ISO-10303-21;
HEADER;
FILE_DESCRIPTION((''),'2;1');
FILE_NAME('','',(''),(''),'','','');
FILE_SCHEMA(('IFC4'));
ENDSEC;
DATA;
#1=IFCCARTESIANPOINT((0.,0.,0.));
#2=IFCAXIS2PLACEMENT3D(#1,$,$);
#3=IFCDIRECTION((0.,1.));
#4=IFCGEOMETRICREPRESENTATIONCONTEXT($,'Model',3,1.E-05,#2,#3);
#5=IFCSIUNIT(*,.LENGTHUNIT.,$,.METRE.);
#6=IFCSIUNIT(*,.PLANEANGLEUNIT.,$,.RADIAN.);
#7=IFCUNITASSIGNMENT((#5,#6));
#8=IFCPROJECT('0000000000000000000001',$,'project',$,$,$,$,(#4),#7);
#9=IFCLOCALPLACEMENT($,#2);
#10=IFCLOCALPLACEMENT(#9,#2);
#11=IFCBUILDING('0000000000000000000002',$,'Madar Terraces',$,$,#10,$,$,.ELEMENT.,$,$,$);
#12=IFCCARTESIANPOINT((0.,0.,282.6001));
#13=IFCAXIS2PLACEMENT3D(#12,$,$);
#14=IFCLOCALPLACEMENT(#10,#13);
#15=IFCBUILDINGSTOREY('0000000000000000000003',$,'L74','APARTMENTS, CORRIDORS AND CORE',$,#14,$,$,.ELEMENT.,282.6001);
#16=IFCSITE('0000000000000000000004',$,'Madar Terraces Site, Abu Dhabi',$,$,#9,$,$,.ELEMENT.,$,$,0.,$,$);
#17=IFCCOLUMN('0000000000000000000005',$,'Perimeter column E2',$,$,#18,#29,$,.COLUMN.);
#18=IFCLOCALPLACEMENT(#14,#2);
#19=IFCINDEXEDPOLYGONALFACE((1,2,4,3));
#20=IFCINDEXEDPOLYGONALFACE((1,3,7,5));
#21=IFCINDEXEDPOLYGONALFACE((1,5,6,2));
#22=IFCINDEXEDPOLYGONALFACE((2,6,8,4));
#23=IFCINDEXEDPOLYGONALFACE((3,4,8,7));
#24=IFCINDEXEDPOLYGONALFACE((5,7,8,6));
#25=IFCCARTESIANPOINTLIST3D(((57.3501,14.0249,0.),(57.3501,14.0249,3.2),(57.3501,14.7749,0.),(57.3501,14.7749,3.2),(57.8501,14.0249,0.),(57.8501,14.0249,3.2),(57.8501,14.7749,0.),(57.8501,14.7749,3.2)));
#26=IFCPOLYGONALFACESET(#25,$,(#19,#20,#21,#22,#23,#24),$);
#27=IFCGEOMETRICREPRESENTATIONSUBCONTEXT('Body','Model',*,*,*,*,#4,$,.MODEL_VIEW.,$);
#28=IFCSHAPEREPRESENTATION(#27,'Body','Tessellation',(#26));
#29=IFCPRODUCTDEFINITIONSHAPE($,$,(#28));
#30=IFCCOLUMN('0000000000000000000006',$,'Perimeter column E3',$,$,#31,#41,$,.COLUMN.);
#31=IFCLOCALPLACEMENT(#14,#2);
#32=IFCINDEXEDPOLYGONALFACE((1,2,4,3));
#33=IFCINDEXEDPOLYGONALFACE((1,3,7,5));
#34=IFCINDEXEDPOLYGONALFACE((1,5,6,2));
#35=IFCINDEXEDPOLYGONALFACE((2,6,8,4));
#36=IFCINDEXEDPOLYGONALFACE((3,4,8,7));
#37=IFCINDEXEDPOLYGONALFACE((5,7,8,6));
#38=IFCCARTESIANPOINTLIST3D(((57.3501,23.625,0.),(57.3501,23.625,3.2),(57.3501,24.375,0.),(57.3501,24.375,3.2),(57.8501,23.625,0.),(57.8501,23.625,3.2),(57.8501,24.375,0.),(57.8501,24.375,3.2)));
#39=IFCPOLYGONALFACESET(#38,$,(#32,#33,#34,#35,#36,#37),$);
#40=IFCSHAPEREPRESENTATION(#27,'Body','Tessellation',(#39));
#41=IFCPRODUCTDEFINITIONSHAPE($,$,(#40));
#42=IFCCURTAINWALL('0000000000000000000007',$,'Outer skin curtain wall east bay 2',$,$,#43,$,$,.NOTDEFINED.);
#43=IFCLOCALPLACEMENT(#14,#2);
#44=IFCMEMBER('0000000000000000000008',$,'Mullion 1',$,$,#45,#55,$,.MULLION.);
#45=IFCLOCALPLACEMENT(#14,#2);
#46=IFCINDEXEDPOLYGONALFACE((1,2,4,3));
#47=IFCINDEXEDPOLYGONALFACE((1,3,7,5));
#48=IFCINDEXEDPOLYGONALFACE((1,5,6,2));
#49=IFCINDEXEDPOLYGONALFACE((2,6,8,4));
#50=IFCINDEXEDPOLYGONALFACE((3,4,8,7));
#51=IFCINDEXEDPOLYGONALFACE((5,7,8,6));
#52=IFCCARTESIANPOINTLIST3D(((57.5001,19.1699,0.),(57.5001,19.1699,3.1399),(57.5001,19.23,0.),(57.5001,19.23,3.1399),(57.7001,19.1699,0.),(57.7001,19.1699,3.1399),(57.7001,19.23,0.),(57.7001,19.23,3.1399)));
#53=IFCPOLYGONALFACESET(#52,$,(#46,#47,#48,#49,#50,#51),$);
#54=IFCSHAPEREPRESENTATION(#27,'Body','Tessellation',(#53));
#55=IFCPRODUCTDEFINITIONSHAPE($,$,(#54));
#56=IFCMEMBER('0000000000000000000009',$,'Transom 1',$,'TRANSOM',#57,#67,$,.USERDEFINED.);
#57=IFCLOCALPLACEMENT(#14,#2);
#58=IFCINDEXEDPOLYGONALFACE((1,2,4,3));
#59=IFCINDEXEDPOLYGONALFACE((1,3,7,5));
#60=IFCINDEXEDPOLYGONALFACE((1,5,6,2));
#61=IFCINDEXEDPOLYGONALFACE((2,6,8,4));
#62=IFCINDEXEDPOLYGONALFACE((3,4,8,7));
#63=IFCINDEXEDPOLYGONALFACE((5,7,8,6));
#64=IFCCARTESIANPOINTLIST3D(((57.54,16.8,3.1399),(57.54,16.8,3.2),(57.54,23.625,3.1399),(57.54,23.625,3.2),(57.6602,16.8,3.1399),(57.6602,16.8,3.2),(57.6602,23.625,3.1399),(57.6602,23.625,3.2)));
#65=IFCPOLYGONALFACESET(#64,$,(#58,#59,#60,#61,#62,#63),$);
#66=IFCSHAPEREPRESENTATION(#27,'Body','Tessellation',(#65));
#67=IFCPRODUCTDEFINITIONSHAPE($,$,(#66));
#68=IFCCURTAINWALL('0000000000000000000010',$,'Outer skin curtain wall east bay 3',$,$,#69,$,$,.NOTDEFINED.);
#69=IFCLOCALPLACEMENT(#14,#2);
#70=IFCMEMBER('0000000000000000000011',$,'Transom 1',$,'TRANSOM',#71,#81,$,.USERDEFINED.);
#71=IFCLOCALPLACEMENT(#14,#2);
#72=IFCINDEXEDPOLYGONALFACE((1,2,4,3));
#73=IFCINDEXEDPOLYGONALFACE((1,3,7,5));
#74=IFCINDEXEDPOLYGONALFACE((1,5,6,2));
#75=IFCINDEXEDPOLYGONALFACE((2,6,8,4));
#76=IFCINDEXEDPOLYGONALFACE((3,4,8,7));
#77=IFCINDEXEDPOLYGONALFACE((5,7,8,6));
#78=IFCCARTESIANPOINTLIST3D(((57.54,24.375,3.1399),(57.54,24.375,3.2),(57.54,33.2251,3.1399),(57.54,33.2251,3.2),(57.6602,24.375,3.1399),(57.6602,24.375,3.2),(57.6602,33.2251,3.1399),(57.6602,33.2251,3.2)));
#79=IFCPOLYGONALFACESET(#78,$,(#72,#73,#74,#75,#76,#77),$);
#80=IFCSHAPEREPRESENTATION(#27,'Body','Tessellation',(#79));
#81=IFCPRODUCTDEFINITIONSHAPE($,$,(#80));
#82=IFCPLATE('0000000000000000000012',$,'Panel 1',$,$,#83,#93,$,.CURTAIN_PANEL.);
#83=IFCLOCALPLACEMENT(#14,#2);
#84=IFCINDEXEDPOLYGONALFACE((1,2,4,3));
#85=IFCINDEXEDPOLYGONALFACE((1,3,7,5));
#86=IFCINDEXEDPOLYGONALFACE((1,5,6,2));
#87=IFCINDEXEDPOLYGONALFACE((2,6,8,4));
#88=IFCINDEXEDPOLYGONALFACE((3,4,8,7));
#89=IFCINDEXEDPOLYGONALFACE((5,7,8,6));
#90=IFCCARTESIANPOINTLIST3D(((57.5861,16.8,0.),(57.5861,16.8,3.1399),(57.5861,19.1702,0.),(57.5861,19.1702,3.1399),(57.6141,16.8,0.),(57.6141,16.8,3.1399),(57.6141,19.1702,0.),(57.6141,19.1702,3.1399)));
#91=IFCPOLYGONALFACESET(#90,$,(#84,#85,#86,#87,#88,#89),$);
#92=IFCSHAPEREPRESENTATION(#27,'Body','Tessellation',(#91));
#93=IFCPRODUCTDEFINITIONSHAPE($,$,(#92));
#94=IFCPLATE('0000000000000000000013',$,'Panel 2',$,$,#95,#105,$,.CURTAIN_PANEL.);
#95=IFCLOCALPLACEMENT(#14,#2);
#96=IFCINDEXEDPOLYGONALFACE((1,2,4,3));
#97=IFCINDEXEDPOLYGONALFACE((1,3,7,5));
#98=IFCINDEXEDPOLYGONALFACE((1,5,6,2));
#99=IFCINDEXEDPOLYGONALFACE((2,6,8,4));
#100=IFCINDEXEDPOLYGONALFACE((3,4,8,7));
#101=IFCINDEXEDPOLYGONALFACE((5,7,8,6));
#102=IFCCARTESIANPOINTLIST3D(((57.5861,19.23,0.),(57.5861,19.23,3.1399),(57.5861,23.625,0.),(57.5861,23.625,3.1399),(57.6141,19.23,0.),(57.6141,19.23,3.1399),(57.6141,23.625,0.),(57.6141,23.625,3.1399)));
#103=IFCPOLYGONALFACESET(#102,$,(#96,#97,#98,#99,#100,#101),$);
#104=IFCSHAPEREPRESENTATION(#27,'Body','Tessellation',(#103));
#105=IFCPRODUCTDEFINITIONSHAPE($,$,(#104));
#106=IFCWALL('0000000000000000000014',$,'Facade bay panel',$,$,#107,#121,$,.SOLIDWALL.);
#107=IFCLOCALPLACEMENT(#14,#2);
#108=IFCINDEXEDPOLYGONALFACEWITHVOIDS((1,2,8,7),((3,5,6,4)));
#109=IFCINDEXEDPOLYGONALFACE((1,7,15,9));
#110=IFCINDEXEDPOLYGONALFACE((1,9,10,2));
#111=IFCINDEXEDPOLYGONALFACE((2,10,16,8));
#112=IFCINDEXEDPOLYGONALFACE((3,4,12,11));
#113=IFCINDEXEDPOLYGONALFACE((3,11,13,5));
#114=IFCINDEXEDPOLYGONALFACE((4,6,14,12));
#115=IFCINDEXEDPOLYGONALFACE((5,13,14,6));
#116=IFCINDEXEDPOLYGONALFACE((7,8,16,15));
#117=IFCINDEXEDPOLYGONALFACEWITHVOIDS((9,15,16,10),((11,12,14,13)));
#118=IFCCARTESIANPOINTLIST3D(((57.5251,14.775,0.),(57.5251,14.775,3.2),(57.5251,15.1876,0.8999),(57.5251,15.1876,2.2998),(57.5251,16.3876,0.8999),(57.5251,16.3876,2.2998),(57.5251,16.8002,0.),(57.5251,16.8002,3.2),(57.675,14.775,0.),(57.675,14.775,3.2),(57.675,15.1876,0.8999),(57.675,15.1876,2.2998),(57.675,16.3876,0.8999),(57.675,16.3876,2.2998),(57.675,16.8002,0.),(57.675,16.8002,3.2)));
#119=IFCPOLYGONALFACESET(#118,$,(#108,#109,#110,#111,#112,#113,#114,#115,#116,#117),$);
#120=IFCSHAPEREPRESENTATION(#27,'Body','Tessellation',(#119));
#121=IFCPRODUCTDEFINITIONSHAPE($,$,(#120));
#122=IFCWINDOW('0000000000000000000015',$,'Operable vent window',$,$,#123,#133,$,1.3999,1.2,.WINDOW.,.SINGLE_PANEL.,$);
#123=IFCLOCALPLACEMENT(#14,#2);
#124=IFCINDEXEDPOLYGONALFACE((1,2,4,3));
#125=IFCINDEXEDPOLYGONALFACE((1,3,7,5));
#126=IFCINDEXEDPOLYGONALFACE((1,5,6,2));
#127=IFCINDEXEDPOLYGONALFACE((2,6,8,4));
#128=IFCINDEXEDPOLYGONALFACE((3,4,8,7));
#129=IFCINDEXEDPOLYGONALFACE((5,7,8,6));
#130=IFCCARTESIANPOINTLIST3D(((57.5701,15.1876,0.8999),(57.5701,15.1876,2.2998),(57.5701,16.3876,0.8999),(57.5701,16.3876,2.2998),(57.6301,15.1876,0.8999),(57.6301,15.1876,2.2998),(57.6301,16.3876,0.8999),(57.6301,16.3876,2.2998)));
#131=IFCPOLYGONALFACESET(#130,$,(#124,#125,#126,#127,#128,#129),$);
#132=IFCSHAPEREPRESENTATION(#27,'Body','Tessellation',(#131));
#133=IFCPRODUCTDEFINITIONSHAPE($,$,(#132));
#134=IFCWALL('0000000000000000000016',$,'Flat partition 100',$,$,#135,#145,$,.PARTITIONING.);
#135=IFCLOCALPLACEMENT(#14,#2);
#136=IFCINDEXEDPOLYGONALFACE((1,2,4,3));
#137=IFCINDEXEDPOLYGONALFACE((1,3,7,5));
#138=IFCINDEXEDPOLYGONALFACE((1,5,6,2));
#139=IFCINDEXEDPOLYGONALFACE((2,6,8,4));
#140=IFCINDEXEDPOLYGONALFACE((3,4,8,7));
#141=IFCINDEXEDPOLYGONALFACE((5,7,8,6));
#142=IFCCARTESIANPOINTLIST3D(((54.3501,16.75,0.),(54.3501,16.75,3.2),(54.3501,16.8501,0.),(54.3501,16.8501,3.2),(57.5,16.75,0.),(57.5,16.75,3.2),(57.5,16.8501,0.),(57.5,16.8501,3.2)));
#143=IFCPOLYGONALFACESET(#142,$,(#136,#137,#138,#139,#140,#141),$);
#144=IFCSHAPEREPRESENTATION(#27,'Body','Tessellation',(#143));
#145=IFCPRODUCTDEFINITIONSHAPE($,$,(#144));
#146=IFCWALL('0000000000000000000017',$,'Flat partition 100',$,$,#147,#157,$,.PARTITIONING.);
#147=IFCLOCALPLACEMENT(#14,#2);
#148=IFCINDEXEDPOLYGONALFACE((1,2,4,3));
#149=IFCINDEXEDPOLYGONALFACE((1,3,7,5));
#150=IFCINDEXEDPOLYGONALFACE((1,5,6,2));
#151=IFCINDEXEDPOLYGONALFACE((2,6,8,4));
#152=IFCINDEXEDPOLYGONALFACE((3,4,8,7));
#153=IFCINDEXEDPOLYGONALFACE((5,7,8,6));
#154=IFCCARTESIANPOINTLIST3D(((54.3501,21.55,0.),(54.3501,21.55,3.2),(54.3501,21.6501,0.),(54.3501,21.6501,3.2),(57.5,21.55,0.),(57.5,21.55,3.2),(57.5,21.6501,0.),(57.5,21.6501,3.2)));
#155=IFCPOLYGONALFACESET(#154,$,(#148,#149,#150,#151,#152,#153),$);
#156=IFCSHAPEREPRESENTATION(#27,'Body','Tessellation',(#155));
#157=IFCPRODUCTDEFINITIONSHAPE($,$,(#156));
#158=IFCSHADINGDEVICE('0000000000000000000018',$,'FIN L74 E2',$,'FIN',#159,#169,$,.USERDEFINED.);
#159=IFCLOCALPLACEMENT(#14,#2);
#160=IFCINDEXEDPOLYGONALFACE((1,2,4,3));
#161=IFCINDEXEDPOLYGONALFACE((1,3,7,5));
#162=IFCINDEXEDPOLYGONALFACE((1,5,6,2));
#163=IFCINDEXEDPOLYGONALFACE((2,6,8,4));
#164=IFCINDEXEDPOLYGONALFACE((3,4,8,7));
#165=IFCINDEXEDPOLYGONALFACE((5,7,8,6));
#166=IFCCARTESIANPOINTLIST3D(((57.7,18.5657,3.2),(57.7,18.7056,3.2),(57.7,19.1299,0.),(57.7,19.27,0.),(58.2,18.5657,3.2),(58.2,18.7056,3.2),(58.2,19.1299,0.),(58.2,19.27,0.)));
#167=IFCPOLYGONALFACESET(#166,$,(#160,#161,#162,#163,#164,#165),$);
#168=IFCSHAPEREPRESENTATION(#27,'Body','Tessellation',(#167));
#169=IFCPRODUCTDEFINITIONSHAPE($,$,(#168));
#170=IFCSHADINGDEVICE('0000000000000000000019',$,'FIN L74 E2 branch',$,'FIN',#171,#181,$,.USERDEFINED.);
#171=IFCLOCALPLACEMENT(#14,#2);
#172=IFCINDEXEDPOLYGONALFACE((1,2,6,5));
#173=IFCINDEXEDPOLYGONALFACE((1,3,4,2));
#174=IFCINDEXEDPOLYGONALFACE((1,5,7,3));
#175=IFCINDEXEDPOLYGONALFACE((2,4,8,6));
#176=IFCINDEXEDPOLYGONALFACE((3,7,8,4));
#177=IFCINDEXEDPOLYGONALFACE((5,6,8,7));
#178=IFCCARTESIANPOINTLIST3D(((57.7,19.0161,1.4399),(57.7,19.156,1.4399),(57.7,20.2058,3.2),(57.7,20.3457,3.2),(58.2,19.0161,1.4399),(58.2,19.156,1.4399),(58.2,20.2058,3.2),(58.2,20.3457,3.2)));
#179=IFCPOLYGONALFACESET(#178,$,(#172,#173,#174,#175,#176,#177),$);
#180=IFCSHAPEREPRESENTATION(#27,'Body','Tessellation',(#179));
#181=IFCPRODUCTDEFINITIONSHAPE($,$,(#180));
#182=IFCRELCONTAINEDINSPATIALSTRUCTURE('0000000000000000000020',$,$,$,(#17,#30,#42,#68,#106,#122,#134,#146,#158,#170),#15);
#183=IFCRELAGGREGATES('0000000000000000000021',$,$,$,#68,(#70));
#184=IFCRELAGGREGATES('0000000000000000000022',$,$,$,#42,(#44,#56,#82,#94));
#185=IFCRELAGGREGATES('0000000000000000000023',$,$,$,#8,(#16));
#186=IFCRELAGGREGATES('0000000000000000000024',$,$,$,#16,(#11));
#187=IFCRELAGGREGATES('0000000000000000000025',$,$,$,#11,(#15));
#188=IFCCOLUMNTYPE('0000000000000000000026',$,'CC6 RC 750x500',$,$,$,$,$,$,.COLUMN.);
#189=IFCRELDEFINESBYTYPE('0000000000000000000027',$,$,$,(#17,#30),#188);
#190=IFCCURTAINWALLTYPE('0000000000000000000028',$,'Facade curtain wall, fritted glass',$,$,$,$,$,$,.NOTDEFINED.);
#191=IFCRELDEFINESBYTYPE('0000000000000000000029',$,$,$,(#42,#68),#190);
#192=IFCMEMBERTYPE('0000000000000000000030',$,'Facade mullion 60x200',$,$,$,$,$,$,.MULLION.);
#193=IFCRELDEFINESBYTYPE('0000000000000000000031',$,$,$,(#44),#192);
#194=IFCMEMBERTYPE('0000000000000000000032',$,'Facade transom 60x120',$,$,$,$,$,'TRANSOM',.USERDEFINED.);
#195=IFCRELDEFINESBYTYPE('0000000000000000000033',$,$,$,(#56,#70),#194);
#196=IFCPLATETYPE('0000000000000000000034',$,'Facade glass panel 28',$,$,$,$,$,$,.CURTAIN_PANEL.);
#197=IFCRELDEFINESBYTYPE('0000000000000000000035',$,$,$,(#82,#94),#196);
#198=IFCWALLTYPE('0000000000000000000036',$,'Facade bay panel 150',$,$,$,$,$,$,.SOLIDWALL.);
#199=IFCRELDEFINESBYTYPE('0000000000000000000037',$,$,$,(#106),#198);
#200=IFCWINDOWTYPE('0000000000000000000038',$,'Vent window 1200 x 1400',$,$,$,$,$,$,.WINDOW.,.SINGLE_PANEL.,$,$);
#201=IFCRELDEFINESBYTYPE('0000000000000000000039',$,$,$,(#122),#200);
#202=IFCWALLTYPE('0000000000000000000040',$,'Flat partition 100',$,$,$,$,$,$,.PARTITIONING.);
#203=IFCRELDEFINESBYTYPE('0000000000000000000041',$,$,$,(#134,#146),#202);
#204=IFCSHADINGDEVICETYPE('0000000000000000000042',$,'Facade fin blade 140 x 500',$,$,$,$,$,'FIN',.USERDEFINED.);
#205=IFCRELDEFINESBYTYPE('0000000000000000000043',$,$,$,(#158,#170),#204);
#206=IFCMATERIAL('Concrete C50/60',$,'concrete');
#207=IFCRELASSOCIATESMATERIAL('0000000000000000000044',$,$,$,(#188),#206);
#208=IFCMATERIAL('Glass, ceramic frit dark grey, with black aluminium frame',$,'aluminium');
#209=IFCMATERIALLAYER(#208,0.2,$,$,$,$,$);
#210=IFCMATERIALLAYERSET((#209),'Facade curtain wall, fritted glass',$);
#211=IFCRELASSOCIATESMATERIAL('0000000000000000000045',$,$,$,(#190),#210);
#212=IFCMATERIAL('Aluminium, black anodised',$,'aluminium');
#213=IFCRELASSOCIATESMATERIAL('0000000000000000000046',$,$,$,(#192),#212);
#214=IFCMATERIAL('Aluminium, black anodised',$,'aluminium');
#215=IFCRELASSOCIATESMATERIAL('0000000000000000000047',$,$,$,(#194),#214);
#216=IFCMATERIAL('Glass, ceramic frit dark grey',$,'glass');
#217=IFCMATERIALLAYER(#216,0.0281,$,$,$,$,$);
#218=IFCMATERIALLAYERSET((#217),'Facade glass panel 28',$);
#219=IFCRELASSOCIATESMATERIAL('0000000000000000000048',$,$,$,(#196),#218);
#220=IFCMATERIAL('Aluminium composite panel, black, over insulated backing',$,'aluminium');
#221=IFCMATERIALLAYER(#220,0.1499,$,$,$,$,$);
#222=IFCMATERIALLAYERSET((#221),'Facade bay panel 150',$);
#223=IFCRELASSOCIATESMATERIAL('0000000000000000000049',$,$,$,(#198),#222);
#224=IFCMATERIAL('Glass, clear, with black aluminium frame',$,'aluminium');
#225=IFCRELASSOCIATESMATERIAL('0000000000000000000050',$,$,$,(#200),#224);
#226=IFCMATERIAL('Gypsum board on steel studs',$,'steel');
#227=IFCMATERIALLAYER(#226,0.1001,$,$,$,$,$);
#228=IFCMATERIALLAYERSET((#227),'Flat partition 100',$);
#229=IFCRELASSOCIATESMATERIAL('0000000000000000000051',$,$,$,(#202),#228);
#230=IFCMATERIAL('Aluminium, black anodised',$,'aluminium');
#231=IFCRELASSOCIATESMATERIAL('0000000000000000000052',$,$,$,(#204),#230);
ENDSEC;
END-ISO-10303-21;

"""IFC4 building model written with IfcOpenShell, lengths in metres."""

from ifc_helpers import new_model, si_unit, direction, frame, frame_2d, origin, origin_2d, place, context, subcontext, project, spatial, polyline, rectangle, outline, extrude, material, layer, layer_set, material_profile, profile_set, type_object, element, fill, aggregate, save


model = new_model("IFC4")

# Units and contexts
model_context = context("Model", 3, precision=1e-05, world=origin(), true_north=direction((0.0, 1.0)))
body_context = subcontext(model_context, "Body", "Model", "MODEL_VIEW")
ifc_project = project(units=[si_unit("LENGTHUNIT", "METRE"), si_unit("PLANEANGLEUNIT", "RADIAN")], contexts=[model_context])

# Site, building, storey
site_placement = place(None, origin())
site = spatial("IfcSite", under=ifc_project, at=site_placement, Name="Madar Terraces Site, Abu Dhabi", CompositionType="ELEMENT", RefElevation=0.0)
building_placement = place(site_placement, origin())
building = spatial("IfcBuilding", under=site, at=building_placement, Name="Madar Terraces", CompositionType="ELEMENT")
storey_placement = place(building_placement, frame((0.0, 0.0, 282.6001)))
storey = spatial("IfcBuildingStorey", under=building, at=storey_placement, Name="L74", Description="APARTMENTS, CORRIDORS AND CORE", CompositionType="ELEMENT", Elevation=282.6001)

# Columns
ifc_material_1 = material(Name="Concrete C50/60", Category="concrete")
ifc_material_profile_1 = material_profile(ifc_material_1, rectangle(XDim=0.75, YDim=0.5, at=origin_2d()), Name="CC6 RC 750x500")
ifc_profile_set_1 = profile_set([ifc_material_profile_1], Name="Concrete C50/60")
column_type = type_object("IfcColumnType", Name="CC6 RC 750x500", PredefinedType="COLUMN", material=ifc_profile_set_1)
for number, where, z_axis, x_axis, name in (
    (1, (57.6001, 14.3999, 0.0), (0.0, 0.0, 1.0), (0.0, 1.0, 0.0), "Perimeter column E2"),
    (2, (57.6001, 24.0, 0.0), (0.0, 0.0, 1.0), (0.0, 1.0, 0.0), "Perimeter column E3"),
):
    element("IfcColumn", number, at=place(storey_placement, frame(where, z_axis=z_axis, x_axis=x_axis)), inside=storey, type_object=column_type, Name=name, PredefinedType="COLUMN", context=body_context, shape_type="SweptSolid", body=[
        extrude(rectangle(XDim=0.75, YDim=0.5, at=origin_2d()), origin(), (0.0, 0.0, 1.0), 3.2),
    ])

# Curtain wall, members
ifc_material_2 = material(Name="Glass, ceramic frit dark grey, with black aluminium frame", Category="aluminium")
ifc_layer_1 = layer(ifc_material_2, 0.2)
ifc_layer_set_1 = layer_set([ifc_layer_1], Name="Facade curtain wall, fritted glass")
curtain_wall_type = type_object("IfcCurtainWallType", Name="Facade curtain wall, fritted glass", PredefinedType="NOTDEFINED", material=ifc_layer_set_1)
curtain_wall_1_placement = place(storey_placement, origin())
curtain_wall_1 = element("IfcCurtainWall", 3, at=curtain_wall_1_placement, inside=storey, type_object=curtain_wall_type, Name="Outer skin curtain wall east bay 2", PredefinedType="NOTDEFINED")
ifc_material_3 = material(Name="Aluminium, black anodised", Category="aluminium")
ifc_material_profile_2 = material_profile(ifc_material_3, rectangle(XDim=0.2, YDim=0.0601, at=origin_2d()), Name="Facade mullion 60x200")
ifc_profile_set_2 = profile_set([ifc_material_profile_2], Name="Aluminium, black anodised")
member_type_1 = type_object("IfcMemberType", Name="Facade mullion 60x200", PredefinedType="MULLION", material=ifc_profile_set_2)
member_1_placement = place(storey_placement, frame((57.6001, 19.2, 0.0), z_axis=(0.0, 0.0, 1.0), x_axis=(-1.0, 0.0, 0.0)))
member_1 = element("IfcMember", 4, at=member_1_placement, type_object=member_type_1, Name="Mullion 1", PredefinedType="MULLION", context=body_context, shape_type="SweptSolid", body=[
    extrude(rectangle(XDim=0.2, YDim=0.0601, at=origin_2d()), origin(), (0.0, 0.0, 1.0), 3.1399),
])
ifc_material_4 = material(Name="Aluminium, black anodised", Category="aluminium")
ifc_material_profile_3 = material_profile(ifc_material_4, rectangle(XDim=0.1201, YDim=0.0601, at=origin_2d()), Name="Facade transom 60x120")
ifc_profile_set_3 = profile_set([ifc_material_profile_3], Name="Aluminium, black anodised")
member_type_2 = type_object("IfcMemberType", Name="Facade transom 60x120", ElementType="TRANSOM", PredefinedType="USERDEFINED", material=ifc_profile_set_3)
member_2_placement = place(storey_placement, frame((57.6001, 16.8, 3.1699), z_axis=(0.0, 1.0, 0.0), x_axis=(-1.0, 0.0, 0.0)))
member_2 = element("IfcMember", 5, at=member_2_placement, type_object=member_type_2, Name="Transom 1", ObjectType="TRANSOM", PredefinedType="USERDEFINED", context=body_context, shape_type="SweptSolid", body=[
    extrude(rectangle(XDim=0.1201, YDim=0.0601, at=origin_2d()), origin(), (0.0, 0.0, 1.0), 6.825),
])

# Curtain wall, member
curtain_wall_2_placement = place(storey_placement, origin())
curtain_wall_2 = element("IfcCurtainWall", 6, at=curtain_wall_2_placement, inside=storey, type_object=curtain_wall_type, Name="Outer skin curtain wall east bay 3", PredefinedType="NOTDEFINED")
member_3_placement = place(storey_placement, frame((57.6001, 24.375, 3.1699), z_axis=(0.0, 1.0, 0.0), x_axis=(-1.0, 0.0, 0.0)))
member_3 = element("IfcMember", 7, at=member_3_placement, type_object=member_type_2, Name="Transom 1", ObjectType="TRANSOM", PredefinedType="USERDEFINED", context=body_context, shape_type="SweptSolid", body=[
    extrude(rectangle(XDim=0.1201, YDim=0.0601, at=origin_2d()), origin(), (0.0, 0.0, 1.0), 8.8501),
])
aggregate(curtain_wall_2, [member_3])

# Plates
ifc_material_5 = material(Name="Glass, ceramic frit dark grey", Category="glass")
ifc_layer_2 = layer(ifc_material_5, 0.0281)
ifc_layer_set_2 = layer_set([ifc_layer_2], Name="Facade glass panel 28")
plate_type = type_object("IfcPlateType", Name="Facade glass panel 28", PredefinedType="CURTAIN_PANEL", material=ifc_layer_set_2)
plate_1_placement = place(storey_placement, frame((57.6001, 17.9851, 0.0), z_axis=(0.0, 0.0, 1.0), x_axis=(0.0, 1.0, 0.0)))
plate_1 = element("IfcPlate", 8, at=plate_1_placement, type_object=plate_type, Name="Panel 1", PredefinedType="CURTAIN_PANEL", context=body_context, shape_type="SweptSolid", body=[
    extrude(rectangle(XDim=2.3701, YDim=0.0281, at=origin_2d()), origin(), (0.0, 0.0, 1.0), 3.1399),
])
plate_2_placement = place(storey_placement, frame((57.6001, 21.4275, 0.0), z_axis=(0.0, 0.0, 1.0), x_axis=(0.0, 1.0, 0.0)))
plate_2 = element("IfcPlate", 9, at=plate_2_placement, type_object=plate_type, Name="Panel 2", PredefinedType="CURTAIN_PANEL", context=body_context, shape_type="SweptSolid", body=[
    extrude(rectangle(XDim=4.395, YDim=0.0281, at=origin_2d()), origin(), (0.0, 0.0, 1.0), 3.1399),
])
aggregate(curtain_wall_1, [member_1, member_2, plate_1, plate_2])

# Wall, opening, window
ifc_material_6 = material(Name="Aluminium composite panel, black, over insulated backing", Category="aluminium")
ifc_layer_3 = layer(ifc_material_6, 0.1499)
ifc_layer_set_3 = layer_set([ifc_layer_3], Name="Facade bay panel 150")
wall_type_1 = type_object("IfcWallType", Name="Facade bay panel 150", PredefinedType="SOLIDWALL", material=ifc_layer_set_3)
wall_placement = place(storey_placement, frame((57.6001, 14.7749, 0.0), z_axis=(0.0, 0.0, 1.0), x_axis=(0.0, 1.0, 0.0)))
wall = element("IfcWall", 10, at=wall_placement, inside=storey, type_object=wall_type_1, Name="Facade bay panel", PredefinedType="SOLIDWALL", context=body_context, shape_type="SweptSolid", body=[
    extrude(rectangle(XDim=2.0251, YDim=0.1499, at=frame_2d((1.0127, 0.0))), origin(), (0.0, 0.0, 1.0), 3.2),
])
opening_placement = place(wall_placement, frame((0.4126, 0.0, 0.8999)))
opening = element("IfcOpeningElement", 11, at=opening_placement, cuts=wall, PredefinedType="OPENING", context=body_context, shape_type="SweptSolid", body=[
    extrude(rectangle(XDim=1.2, YDim=1.3999, at=frame_2d((0.6001, 0.7))), frame((0.0, 0.085, 0.0), z_axis=(0.0, -1.0, 0.0), x_axis=(1.0, 0.0, 0.0)), (0.0, 0.0, 1.0), 0.1699),
])
ifc_material_7 = material(Name="Glass, clear, with black aluminium frame", Category="aluminium")
window_type = type_object("IfcWindowType", Name="Vent window 1200 x 1400", PartitioningType="SINGLE_PANEL", PredefinedType="WINDOW", material=ifc_material_7)
window_placement = place(opening_placement, origin())
window = element("IfcWindow", 12, at=window_placement, inside=storey, type_object=window_type, Name="Operable vent window", OverallHeight=1.3999, OverallWidth=1.2, PartitioningType="SINGLE_PANEL", PredefinedType="WINDOW", context=body_context, shape_type="SweptSolid", body=[
    extrude(rectangle(XDim=1.2, YDim=1.3999, at=frame_2d((0.6001, 0.7))), frame((0.0, 0.03, 0.0), z_axis=(0.0, -1.0, 0.0), x_axis=(1.0, 0.0, 0.0)), (0.0, 0.0, 1.0), 0.0601),
])
fill(opening, window)

# Walls
ifc_material_8 = material(Name="Gypsum board on steel studs", Category="steel")
ifc_layer_4 = layer(ifc_material_8, 0.1001)
ifc_layer_set_4 = layer_set([ifc_layer_4], Name="Flat partition 100")
wall_type_2 = type_object("IfcWallType", Name="Flat partition 100", PredefinedType="PARTITIONING", material=ifc_layer_set_4)
for number, where, z_axis, x_axis, name in (
    (13, (54.3501, 16.8, 0.0), (0.0, 0.0, 1.0), (1.0, 0.0, 0.0), "Flat partition 100"),
    (14, (54.3501, 21.6001, 0.0), (0.0, 0.0, 1.0), (1.0, 0.0, 0.0), "Flat partition 100"),
):
    element("IfcWall", number, at=place(storey_placement, frame(where, z_axis=z_axis, x_axis=x_axis)), inside=storey, type_object=wall_type_2, Name=name, PredefinedType="PARTITIONING", context=body_context, shape_type="SweptSolid", body=[
        extrude(rectangle(XDim=3.1499, YDim=0.1001, at=frame_2d((1.575, 0.0))), origin(), (0.0, 0.0, 1.0), 3.2),
    ])

# Shading devices
ifc_material_9 = material(Name="Aluminium, black anodised", Category="aluminium")
shading_device_type = type_object("IfcShadingDeviceType", Name="Facade fin blade 140 x 500", ElementType="FIN", PredefinedType="USERDEFINED", material=ifc_material_9)
shading_device_1_placement = place(storey_placement, frame((57.95, 19.1299, 0.0), z_axis=(0.0, 0.0, 1.0), x_axis=(0.0, 1.0, 0.0)))
element("IfcShadingDevice", 15, at=shading_device_1_placement, inside=storey, type_object=shading_device_type, Name="FIN L74 E2", ObjectType="FIN", PredefinedType="USERDEFINED", context=body_context, shape_type="SweptSolid", body=[
    extrude(outline(polyline([(0.0, 0.0), (0.1401, 0.0), (-0.4243, 3.2), (-0.5642, 3.2), (0.0, 0.0)])), frame((0.0, 0.25, 0.0), z_axis=(0.0, -1.0, 0.0), x_axis=(1.0, 0.0, 0.0)), (0.0, 0.0, 1.0), 0.5),
])
shading_device_2_placement = place(storey_placement, frame((57.95, 19.0161, 1.4399), z_axis=(0.0, 0.0, 1.0), x_axis=(0.0, 1.0, 0.0)))
element("IfcShadingDevice", 16, at=shading_device_2_placement, inside=storey, type_object=shading_device_type, Name="FIN L74 E2 branch", ObjectType="FIN", PredefinedType="USERDEFINED", context=body_context, shape_type="SweptSolid", body=[
    extrude(outline(polyline([(0.0, 0.0), (0.1399, 0.0), (1.3296, 1.76), (1.1897, 1.76), (0.0, 0.0)])), frame((0.0, 0.25, 0.0), z_axis=(0.0, -1.0, 0.0), x_axis=(1.0, 0.0, 0.0)), (0.0, 0.0, 1.0), 0.5),
])

save(model, "model.ifc")
